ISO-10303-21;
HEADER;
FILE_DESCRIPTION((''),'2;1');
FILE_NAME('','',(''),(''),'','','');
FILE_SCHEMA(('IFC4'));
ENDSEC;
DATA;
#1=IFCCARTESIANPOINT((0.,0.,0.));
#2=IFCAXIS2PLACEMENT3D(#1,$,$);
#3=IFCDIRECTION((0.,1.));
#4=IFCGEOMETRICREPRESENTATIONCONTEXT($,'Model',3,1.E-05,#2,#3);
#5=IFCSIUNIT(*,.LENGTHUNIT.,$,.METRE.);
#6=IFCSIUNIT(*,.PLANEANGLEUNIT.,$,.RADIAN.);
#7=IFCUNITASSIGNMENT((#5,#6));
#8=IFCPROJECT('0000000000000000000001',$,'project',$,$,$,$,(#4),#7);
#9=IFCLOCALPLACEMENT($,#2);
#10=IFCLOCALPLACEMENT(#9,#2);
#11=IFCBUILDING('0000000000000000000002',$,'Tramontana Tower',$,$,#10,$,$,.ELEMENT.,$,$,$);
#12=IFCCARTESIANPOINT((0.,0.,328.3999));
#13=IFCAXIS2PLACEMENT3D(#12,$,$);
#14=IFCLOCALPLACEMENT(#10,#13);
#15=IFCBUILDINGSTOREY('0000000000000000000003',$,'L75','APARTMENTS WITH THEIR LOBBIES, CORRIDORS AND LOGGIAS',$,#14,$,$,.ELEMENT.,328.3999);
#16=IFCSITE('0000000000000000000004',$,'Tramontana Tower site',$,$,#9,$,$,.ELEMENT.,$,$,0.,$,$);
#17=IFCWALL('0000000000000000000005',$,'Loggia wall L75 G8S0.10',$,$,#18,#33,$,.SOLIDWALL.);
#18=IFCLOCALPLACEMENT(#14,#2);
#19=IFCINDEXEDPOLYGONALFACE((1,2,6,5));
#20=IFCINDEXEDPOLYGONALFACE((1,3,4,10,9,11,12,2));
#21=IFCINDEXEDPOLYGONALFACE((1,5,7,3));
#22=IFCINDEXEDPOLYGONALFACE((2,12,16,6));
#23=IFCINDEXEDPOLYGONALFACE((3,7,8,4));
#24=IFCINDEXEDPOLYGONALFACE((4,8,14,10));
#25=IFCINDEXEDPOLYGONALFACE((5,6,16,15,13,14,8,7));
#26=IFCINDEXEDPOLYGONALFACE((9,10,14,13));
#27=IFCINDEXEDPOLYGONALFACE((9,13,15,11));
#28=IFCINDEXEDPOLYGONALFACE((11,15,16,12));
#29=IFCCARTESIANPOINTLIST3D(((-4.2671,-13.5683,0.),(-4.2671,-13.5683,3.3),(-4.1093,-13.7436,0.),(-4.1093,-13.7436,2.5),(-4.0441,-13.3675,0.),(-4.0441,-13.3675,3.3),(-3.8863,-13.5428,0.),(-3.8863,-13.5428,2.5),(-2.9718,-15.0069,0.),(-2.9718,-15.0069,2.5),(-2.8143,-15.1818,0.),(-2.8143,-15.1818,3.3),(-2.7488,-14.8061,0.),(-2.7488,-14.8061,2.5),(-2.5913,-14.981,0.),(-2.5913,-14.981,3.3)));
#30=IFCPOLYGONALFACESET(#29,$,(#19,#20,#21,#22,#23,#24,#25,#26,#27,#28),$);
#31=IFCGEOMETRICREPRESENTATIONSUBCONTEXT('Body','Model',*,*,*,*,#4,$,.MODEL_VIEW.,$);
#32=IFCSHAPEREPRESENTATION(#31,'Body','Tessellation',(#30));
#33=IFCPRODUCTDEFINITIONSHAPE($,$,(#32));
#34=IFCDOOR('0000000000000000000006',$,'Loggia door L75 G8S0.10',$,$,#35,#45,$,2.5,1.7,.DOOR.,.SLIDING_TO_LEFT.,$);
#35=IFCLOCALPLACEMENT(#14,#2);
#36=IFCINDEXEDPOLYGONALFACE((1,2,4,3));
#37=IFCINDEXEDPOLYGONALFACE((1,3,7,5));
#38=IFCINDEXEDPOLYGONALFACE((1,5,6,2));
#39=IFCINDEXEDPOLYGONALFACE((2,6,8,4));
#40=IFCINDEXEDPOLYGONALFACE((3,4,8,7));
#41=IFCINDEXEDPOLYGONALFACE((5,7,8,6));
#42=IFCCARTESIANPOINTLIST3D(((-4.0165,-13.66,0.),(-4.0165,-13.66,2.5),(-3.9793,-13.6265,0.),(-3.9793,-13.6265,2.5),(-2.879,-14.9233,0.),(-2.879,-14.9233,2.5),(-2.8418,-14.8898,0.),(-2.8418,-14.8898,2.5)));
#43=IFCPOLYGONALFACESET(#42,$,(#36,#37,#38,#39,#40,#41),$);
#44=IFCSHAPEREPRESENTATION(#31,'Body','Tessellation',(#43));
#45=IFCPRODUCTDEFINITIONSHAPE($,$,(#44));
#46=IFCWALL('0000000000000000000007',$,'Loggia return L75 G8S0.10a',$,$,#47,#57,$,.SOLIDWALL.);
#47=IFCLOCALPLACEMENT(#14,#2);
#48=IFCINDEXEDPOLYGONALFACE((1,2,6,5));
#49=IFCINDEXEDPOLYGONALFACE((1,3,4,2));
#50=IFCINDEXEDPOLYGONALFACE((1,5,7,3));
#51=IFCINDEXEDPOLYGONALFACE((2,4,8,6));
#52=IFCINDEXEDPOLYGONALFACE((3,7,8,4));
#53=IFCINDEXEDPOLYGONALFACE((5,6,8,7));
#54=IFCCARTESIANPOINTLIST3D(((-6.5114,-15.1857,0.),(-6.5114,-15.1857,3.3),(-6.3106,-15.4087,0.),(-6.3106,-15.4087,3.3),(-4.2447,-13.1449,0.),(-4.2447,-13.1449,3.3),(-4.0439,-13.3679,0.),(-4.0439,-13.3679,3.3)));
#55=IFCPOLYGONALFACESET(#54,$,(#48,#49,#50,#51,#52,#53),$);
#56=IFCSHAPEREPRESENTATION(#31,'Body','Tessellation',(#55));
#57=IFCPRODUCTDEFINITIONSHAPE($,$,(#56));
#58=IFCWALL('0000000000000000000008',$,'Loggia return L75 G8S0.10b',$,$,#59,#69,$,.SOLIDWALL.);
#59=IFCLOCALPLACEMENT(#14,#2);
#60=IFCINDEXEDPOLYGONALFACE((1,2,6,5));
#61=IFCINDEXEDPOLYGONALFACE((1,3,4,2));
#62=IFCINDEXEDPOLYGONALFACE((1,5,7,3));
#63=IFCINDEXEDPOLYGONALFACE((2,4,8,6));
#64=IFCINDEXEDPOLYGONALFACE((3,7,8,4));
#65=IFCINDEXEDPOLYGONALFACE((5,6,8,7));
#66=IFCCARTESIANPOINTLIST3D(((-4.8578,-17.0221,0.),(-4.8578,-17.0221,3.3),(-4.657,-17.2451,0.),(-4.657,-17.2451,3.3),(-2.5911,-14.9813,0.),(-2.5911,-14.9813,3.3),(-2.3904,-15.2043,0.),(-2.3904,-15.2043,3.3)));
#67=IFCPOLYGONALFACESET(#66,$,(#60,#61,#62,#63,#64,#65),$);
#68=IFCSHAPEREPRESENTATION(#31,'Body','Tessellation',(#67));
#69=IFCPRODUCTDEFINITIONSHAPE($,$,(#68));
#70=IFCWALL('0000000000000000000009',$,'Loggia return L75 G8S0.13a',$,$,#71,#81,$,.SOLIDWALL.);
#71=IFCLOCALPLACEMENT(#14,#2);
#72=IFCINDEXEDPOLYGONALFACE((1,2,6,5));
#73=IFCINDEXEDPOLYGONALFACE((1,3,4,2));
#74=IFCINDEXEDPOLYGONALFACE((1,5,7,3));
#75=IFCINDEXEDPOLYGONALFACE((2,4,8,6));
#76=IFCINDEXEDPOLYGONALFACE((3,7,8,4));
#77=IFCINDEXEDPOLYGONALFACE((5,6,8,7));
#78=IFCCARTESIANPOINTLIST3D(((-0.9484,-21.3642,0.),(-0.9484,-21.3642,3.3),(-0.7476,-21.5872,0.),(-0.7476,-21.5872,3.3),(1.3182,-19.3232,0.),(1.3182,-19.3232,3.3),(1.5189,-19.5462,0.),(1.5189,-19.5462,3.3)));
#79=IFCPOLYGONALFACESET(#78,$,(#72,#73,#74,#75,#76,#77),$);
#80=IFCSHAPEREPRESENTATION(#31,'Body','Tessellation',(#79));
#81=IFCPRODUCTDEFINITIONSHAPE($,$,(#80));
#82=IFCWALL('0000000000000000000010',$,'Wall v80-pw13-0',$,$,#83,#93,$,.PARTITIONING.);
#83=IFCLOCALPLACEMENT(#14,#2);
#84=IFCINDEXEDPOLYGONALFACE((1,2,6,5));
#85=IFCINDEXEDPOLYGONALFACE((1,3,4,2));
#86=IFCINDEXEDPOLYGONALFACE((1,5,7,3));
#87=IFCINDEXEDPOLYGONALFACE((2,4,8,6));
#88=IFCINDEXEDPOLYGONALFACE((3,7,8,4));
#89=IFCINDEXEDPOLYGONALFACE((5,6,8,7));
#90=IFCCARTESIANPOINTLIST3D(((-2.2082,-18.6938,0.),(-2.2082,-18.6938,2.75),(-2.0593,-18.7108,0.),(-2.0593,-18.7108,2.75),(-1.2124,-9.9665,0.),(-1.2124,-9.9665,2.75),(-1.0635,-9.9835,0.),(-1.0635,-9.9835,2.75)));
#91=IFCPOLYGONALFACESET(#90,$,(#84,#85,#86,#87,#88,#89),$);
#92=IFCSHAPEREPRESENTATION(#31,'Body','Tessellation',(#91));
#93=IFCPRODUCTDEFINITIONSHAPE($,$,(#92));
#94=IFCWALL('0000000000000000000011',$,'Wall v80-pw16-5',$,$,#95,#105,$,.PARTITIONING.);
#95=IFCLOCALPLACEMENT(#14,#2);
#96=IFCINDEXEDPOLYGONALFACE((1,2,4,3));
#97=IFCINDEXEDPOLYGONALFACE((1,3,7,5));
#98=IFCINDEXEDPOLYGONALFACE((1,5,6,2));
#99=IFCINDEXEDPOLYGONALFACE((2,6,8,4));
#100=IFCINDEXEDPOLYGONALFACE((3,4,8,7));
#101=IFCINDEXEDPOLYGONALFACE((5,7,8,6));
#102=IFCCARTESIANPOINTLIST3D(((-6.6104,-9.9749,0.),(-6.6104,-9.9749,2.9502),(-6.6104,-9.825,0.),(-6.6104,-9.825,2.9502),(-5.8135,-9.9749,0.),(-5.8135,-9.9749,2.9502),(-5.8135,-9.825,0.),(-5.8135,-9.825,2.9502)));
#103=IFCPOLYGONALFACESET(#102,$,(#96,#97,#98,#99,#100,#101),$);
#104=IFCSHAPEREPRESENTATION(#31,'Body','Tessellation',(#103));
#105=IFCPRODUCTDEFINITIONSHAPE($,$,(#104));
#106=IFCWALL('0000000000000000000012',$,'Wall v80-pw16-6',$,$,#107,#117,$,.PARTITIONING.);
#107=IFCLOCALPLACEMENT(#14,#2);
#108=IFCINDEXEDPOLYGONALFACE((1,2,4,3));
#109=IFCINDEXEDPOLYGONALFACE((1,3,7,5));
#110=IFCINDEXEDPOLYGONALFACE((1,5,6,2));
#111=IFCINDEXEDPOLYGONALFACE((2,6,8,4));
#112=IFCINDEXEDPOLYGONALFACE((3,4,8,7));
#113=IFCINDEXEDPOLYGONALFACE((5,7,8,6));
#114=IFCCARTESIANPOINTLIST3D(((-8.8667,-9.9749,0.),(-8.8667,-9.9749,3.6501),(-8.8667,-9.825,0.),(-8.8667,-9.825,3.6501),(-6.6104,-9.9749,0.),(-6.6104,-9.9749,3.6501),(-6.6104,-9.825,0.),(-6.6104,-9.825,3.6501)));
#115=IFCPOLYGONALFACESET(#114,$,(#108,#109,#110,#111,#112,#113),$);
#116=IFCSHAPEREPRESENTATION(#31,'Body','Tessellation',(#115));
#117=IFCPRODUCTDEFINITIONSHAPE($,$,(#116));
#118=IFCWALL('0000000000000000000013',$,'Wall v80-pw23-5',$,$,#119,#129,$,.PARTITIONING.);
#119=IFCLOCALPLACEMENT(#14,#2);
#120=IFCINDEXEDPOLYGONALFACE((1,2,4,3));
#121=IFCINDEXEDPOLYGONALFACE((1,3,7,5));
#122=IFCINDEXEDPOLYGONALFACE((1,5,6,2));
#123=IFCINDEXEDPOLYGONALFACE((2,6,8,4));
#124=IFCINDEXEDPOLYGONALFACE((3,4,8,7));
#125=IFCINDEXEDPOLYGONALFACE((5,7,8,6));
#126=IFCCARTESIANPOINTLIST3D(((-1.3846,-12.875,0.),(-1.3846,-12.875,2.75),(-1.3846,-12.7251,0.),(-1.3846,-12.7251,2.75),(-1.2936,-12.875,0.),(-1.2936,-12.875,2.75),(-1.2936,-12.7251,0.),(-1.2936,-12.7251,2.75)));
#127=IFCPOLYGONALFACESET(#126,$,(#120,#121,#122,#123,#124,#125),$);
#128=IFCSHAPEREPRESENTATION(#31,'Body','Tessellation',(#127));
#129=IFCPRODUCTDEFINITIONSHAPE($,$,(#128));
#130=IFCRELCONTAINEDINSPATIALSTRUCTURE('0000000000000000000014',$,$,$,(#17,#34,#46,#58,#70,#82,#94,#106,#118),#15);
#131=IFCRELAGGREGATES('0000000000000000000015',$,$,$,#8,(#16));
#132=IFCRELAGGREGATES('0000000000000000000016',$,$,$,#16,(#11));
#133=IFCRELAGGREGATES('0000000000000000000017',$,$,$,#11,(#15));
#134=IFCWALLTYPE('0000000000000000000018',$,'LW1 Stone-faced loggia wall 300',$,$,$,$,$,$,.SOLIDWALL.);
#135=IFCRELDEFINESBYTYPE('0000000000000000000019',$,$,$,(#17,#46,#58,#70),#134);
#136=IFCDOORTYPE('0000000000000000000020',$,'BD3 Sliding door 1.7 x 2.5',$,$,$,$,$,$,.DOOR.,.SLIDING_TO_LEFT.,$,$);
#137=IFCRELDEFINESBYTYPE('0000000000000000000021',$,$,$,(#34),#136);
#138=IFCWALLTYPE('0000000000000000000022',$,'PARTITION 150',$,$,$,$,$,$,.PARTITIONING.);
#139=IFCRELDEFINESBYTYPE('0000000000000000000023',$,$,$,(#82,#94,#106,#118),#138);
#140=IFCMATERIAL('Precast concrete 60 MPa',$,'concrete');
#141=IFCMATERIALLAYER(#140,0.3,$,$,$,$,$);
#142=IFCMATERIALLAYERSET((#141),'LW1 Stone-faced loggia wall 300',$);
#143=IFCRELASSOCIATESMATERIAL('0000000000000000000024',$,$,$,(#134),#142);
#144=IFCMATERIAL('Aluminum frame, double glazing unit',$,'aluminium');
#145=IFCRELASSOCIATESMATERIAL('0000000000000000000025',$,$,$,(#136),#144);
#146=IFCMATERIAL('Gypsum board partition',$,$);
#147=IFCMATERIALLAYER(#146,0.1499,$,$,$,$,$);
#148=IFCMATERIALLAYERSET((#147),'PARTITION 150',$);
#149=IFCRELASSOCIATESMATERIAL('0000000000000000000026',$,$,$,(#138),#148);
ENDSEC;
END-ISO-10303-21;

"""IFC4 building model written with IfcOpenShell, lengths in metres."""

from ifc_helpers import new_model, si_unit, direction, frame, frame_2d, origin, place, context, subcontext, project, spatial, rectangle, extrude, material, layer, layer_set, type_object, element, fill, save


model = new_model("IFC4")

# Units and contexts
model_context = context("Model", 3, precision=1e-05, world=origin(), true_north=direction((0.0, 1.0)))
body_context = subcontext(model_context, "Body", "Model", "MODEL_VIEW")
ifc_project = project(units=[si_unit("LENGTHUNIT", "METRE"), si_unit("PLANEANGLEUNIT", "RADIAN")], contexts=[model_context])

# Site, building, storey
site_placement = place(None, origin())
site = spatial("IfcSite", under=ifc_project, at=site_placement, Name="Tramontana Tower site", CompositionType="ELEMENT", RefElevation=0.0)
building_placement = place(site_placement, origin())
building = spatial("IfcBuilding", under=site, at=building_placement, Name="Tramontana Tower", CompositionType="ELEMENT")
storey_placement = place(building_placement, frame((0.0, 0.0, 328.3999)))
storey = spatial("IfcBuildingStorey", under=building, at=storey_placement, Name="L75", Description="APARTMENTS WITH THEIR LOBBIES, CORRIDORS AND LOGGIAS", CompositionType="ELEMENT", Elevation=328.3999)

# Wall, opening, door
ifc_material_1 = material(Name="Precast concrete 60 MPa", Category="concrete")
ifc_layer_1 = layer(ifc_material_1, 0.3)
ifc_layer_set_1 = layer_set([ifc_layer_1], Name="LW1 Stone-faced loggia wall 300")
wall_type_1 = type_object("IfcWallType", Name="LW1 Stone-faced loggia wall 300", PredefinedType="SOLIDWALL", material=ifc_layer_set_1)
wall_1_placement = place(storey_placement, frame((-4.1555, -13.468, 0.0), z_axis=(0.0, 0.0, 1.0), x_axis=(0.669145, -0.743132, 0.0)))
wall_1 = element("IfcWall", 1, at=wall_1_placement, inside=storey, type_object=wall_type_1, Name="Loggia wall L75 G8S0.10", PredefinedType="SOLIDWALL", context=body_context, shape_type="SweptSolid", body=[
    extrude(rectangle(XDim=2.1711, YDim=0.3, at=frame_2d((1.0854, 0.0))), origin(), (0.0, 0.0, 1.0), 3.3),
])
opening_1_placement = place(wall_1_placement, frame((0.2356, 0.0, 0.0)))
opening_1 = element("IfcOpeningElement", 2, at=opening_1_placement, cuts=wall_1, PredefinedType="OPENING", context=body_context, shape_type="SweptSolid", body=[
    extrude(rectangle(XDim=1.7, YDim=2.5, at=frame_2d((0.8501, 1.25))), frame((0.0, 0.1599, 0.0), z_axis=(0.0, -1.0, 0.0), x_axis=(1.0, 0.0, 0.0)), (0.0, 0.0, 1.0), 0.3201),
])
ifc_material_2 = material(Name="Aluminum frame, double glazing unit", Category="aluminium")
door_type_1 = type_object("IfcDoorType", Name="BD3 Sliding door 1.7 x 2.5", OperationType="SLIDING_TO_LEFT", PredefinedType="DOOR", material=ifc_material_2)
door_1_placement = place(opening_1_placement, origin())
door_1 = element("IfcDoor", 3, at=door_1_placement, inside=storey, type_object=door_type_1, Name="Loggia door L75 G8S0.10", OperationType="SLIDING_TO_LEFT", OverallHeight=2.5, OverallWidth=1.7, PredefinedType="DOOR", context=body_context, shape_type="SweptSolid", body=[
    extrude(rectangle(XDim=1.7, YDim=2.5, at=frame_2d((0.8501, 1.25))), frame((0.0, 0.0249, 0.0), z_axis=(0.0, -1.0, 0.0), x_axis=(1.0, 0.0, 0.0)), (0.0, 0.0, 1.0), 0.05),
])
fill(opening_1, door_1)

# Walls
for number, where, z_axis, x_axis, name in (
    (4, (-6.4109, -15.2971, 0.0), (0.0, 0.0, 1.0), (0.743159, 0.669115, 0.0), "Loggia return L75 G8S0.10a"),
    (5, (-4.7573, -17.1335, 0.0), (0.0, 0.0, 1.0), (0.743159, 0.669115, 0.0), "Loggia return L75 G8S0.10b"),
    (6, (-0.8479, -21.4756, 0.0), (0.0, 0.0, 1.0), (0.743119, 0.669159, 0.0), "Loggia return L75 G8S0.13a"),
):
    element("IfcWall", number, at=place(storey_placement, frame(where, z_axis=z_axis, x_axis=x_axis)), inside=storey, type_object=wall_type_1, Name=name, PredefinedType="SOLIDWALL", context=body_context, shape_type="SweptSolid", body=[
        extrude(rectangle(XDim=3.05, YDim=0.3, at=frame_2d((1.5249, 0.0))), origin(), (0.0, 0.0, 1.0), 3.3),
    ])

# Shared definitions
ifc_material_3 = material(Name="Gypsum board partition")
ifc_layer_2 = layer(ifc_material_3, 0.1499)
ifc_layer_set_2 = layer_set([ifc_layer_2], Name="PARTITION 150")
wall_type_2 = type_object("IfcWallType", Name="PARTITION 150", PredefinedType="PARTITIONING", material=ifc_layer_set_2)

# Walls
wall_2_placement = place(storey_placement, frame((-2.1338, -18.7024, 0.0), z_axis=(0.0, 0.0, 1.0), x_axis=(0.113372, 0.993553, 0.0)))
element("IfcWall", 7, at=wall_2_placement, inside=storey, type_object=wall_type_2, Name="Wall v80-pw13-0", PredefinedType="PARTITIONING", context=body_context, shape_type="SweptSolid", body=[
    extrude(rectangle(XDim=8.7839, YDim=0.1499, at=frame_2d((4.3921, 0.0))), origin(), (0.0, 0.0, 1.0), 2.75),
])
wall_3_placement = place(storey_placement, frame((-5.8135, -9.8999, 0.0), z_axis=(0.0, 0.0, 1.0), x_axis=(-1.0, 0.0, 0.0)))
element("IfcWall", 8, at=wall_3_placement, inside=storey, type_object=wall_type_2, Name="Wall v80-pw16-5", PredefinedType="PARTITIONING", context=body_context, shape_type="SweptSolid", body=[
    extrude(rectangle(XDim=0.7969, YDim=0.1499, at=frame_2d((0.3984, 0.0))), origin(), (0.0, 0.0, 1.0), 2.9502),
])
wall_4_placement = place(storey_placement, frame((-6.6104, -9.8999, 0.0), z_axis=(0.0, 0.0, 1.0), x_axis=(-1.0, 0.0, 0.0)))
element("IfcWall", 9, at=wall_4_placement, inside=storey, type_object=wall_type_2, Name="Wall v80-pw16-6", PredefinedType="PARTITIONING", context=body_context, shape_type="SweptSolid", body=[
    extrude(rectangle(XDim=2.2563, YDim=0.1499, at=frame_2d((1.1282, 0.0))), origin(), (0.0, 0.0, 1.0), 3.6501),
])
wall_5_placement = place(storey_placement, frame((-1.2937, -12.8, 0.0), z_axis=(0.0, 0.0, 1.0), x_axis=(-1.0, 0.0, 0.0)))
element("IfcWall", 10, at=wall_5_placement, inside=storey, type_object=wall_type_2, Name="Wall v80-pw23-5", PredefinedType="PARTITIONING", context=body_context, shape_type="SweptSolid", body=[
    extrude(rectangle(XDim=0.0911, YDim=0.1499, at=frame_2d((0.0454, 0.0))), origin(), (0.0, 0.0, 1.0), 2.75),
])

save(model, "model.ifc")
